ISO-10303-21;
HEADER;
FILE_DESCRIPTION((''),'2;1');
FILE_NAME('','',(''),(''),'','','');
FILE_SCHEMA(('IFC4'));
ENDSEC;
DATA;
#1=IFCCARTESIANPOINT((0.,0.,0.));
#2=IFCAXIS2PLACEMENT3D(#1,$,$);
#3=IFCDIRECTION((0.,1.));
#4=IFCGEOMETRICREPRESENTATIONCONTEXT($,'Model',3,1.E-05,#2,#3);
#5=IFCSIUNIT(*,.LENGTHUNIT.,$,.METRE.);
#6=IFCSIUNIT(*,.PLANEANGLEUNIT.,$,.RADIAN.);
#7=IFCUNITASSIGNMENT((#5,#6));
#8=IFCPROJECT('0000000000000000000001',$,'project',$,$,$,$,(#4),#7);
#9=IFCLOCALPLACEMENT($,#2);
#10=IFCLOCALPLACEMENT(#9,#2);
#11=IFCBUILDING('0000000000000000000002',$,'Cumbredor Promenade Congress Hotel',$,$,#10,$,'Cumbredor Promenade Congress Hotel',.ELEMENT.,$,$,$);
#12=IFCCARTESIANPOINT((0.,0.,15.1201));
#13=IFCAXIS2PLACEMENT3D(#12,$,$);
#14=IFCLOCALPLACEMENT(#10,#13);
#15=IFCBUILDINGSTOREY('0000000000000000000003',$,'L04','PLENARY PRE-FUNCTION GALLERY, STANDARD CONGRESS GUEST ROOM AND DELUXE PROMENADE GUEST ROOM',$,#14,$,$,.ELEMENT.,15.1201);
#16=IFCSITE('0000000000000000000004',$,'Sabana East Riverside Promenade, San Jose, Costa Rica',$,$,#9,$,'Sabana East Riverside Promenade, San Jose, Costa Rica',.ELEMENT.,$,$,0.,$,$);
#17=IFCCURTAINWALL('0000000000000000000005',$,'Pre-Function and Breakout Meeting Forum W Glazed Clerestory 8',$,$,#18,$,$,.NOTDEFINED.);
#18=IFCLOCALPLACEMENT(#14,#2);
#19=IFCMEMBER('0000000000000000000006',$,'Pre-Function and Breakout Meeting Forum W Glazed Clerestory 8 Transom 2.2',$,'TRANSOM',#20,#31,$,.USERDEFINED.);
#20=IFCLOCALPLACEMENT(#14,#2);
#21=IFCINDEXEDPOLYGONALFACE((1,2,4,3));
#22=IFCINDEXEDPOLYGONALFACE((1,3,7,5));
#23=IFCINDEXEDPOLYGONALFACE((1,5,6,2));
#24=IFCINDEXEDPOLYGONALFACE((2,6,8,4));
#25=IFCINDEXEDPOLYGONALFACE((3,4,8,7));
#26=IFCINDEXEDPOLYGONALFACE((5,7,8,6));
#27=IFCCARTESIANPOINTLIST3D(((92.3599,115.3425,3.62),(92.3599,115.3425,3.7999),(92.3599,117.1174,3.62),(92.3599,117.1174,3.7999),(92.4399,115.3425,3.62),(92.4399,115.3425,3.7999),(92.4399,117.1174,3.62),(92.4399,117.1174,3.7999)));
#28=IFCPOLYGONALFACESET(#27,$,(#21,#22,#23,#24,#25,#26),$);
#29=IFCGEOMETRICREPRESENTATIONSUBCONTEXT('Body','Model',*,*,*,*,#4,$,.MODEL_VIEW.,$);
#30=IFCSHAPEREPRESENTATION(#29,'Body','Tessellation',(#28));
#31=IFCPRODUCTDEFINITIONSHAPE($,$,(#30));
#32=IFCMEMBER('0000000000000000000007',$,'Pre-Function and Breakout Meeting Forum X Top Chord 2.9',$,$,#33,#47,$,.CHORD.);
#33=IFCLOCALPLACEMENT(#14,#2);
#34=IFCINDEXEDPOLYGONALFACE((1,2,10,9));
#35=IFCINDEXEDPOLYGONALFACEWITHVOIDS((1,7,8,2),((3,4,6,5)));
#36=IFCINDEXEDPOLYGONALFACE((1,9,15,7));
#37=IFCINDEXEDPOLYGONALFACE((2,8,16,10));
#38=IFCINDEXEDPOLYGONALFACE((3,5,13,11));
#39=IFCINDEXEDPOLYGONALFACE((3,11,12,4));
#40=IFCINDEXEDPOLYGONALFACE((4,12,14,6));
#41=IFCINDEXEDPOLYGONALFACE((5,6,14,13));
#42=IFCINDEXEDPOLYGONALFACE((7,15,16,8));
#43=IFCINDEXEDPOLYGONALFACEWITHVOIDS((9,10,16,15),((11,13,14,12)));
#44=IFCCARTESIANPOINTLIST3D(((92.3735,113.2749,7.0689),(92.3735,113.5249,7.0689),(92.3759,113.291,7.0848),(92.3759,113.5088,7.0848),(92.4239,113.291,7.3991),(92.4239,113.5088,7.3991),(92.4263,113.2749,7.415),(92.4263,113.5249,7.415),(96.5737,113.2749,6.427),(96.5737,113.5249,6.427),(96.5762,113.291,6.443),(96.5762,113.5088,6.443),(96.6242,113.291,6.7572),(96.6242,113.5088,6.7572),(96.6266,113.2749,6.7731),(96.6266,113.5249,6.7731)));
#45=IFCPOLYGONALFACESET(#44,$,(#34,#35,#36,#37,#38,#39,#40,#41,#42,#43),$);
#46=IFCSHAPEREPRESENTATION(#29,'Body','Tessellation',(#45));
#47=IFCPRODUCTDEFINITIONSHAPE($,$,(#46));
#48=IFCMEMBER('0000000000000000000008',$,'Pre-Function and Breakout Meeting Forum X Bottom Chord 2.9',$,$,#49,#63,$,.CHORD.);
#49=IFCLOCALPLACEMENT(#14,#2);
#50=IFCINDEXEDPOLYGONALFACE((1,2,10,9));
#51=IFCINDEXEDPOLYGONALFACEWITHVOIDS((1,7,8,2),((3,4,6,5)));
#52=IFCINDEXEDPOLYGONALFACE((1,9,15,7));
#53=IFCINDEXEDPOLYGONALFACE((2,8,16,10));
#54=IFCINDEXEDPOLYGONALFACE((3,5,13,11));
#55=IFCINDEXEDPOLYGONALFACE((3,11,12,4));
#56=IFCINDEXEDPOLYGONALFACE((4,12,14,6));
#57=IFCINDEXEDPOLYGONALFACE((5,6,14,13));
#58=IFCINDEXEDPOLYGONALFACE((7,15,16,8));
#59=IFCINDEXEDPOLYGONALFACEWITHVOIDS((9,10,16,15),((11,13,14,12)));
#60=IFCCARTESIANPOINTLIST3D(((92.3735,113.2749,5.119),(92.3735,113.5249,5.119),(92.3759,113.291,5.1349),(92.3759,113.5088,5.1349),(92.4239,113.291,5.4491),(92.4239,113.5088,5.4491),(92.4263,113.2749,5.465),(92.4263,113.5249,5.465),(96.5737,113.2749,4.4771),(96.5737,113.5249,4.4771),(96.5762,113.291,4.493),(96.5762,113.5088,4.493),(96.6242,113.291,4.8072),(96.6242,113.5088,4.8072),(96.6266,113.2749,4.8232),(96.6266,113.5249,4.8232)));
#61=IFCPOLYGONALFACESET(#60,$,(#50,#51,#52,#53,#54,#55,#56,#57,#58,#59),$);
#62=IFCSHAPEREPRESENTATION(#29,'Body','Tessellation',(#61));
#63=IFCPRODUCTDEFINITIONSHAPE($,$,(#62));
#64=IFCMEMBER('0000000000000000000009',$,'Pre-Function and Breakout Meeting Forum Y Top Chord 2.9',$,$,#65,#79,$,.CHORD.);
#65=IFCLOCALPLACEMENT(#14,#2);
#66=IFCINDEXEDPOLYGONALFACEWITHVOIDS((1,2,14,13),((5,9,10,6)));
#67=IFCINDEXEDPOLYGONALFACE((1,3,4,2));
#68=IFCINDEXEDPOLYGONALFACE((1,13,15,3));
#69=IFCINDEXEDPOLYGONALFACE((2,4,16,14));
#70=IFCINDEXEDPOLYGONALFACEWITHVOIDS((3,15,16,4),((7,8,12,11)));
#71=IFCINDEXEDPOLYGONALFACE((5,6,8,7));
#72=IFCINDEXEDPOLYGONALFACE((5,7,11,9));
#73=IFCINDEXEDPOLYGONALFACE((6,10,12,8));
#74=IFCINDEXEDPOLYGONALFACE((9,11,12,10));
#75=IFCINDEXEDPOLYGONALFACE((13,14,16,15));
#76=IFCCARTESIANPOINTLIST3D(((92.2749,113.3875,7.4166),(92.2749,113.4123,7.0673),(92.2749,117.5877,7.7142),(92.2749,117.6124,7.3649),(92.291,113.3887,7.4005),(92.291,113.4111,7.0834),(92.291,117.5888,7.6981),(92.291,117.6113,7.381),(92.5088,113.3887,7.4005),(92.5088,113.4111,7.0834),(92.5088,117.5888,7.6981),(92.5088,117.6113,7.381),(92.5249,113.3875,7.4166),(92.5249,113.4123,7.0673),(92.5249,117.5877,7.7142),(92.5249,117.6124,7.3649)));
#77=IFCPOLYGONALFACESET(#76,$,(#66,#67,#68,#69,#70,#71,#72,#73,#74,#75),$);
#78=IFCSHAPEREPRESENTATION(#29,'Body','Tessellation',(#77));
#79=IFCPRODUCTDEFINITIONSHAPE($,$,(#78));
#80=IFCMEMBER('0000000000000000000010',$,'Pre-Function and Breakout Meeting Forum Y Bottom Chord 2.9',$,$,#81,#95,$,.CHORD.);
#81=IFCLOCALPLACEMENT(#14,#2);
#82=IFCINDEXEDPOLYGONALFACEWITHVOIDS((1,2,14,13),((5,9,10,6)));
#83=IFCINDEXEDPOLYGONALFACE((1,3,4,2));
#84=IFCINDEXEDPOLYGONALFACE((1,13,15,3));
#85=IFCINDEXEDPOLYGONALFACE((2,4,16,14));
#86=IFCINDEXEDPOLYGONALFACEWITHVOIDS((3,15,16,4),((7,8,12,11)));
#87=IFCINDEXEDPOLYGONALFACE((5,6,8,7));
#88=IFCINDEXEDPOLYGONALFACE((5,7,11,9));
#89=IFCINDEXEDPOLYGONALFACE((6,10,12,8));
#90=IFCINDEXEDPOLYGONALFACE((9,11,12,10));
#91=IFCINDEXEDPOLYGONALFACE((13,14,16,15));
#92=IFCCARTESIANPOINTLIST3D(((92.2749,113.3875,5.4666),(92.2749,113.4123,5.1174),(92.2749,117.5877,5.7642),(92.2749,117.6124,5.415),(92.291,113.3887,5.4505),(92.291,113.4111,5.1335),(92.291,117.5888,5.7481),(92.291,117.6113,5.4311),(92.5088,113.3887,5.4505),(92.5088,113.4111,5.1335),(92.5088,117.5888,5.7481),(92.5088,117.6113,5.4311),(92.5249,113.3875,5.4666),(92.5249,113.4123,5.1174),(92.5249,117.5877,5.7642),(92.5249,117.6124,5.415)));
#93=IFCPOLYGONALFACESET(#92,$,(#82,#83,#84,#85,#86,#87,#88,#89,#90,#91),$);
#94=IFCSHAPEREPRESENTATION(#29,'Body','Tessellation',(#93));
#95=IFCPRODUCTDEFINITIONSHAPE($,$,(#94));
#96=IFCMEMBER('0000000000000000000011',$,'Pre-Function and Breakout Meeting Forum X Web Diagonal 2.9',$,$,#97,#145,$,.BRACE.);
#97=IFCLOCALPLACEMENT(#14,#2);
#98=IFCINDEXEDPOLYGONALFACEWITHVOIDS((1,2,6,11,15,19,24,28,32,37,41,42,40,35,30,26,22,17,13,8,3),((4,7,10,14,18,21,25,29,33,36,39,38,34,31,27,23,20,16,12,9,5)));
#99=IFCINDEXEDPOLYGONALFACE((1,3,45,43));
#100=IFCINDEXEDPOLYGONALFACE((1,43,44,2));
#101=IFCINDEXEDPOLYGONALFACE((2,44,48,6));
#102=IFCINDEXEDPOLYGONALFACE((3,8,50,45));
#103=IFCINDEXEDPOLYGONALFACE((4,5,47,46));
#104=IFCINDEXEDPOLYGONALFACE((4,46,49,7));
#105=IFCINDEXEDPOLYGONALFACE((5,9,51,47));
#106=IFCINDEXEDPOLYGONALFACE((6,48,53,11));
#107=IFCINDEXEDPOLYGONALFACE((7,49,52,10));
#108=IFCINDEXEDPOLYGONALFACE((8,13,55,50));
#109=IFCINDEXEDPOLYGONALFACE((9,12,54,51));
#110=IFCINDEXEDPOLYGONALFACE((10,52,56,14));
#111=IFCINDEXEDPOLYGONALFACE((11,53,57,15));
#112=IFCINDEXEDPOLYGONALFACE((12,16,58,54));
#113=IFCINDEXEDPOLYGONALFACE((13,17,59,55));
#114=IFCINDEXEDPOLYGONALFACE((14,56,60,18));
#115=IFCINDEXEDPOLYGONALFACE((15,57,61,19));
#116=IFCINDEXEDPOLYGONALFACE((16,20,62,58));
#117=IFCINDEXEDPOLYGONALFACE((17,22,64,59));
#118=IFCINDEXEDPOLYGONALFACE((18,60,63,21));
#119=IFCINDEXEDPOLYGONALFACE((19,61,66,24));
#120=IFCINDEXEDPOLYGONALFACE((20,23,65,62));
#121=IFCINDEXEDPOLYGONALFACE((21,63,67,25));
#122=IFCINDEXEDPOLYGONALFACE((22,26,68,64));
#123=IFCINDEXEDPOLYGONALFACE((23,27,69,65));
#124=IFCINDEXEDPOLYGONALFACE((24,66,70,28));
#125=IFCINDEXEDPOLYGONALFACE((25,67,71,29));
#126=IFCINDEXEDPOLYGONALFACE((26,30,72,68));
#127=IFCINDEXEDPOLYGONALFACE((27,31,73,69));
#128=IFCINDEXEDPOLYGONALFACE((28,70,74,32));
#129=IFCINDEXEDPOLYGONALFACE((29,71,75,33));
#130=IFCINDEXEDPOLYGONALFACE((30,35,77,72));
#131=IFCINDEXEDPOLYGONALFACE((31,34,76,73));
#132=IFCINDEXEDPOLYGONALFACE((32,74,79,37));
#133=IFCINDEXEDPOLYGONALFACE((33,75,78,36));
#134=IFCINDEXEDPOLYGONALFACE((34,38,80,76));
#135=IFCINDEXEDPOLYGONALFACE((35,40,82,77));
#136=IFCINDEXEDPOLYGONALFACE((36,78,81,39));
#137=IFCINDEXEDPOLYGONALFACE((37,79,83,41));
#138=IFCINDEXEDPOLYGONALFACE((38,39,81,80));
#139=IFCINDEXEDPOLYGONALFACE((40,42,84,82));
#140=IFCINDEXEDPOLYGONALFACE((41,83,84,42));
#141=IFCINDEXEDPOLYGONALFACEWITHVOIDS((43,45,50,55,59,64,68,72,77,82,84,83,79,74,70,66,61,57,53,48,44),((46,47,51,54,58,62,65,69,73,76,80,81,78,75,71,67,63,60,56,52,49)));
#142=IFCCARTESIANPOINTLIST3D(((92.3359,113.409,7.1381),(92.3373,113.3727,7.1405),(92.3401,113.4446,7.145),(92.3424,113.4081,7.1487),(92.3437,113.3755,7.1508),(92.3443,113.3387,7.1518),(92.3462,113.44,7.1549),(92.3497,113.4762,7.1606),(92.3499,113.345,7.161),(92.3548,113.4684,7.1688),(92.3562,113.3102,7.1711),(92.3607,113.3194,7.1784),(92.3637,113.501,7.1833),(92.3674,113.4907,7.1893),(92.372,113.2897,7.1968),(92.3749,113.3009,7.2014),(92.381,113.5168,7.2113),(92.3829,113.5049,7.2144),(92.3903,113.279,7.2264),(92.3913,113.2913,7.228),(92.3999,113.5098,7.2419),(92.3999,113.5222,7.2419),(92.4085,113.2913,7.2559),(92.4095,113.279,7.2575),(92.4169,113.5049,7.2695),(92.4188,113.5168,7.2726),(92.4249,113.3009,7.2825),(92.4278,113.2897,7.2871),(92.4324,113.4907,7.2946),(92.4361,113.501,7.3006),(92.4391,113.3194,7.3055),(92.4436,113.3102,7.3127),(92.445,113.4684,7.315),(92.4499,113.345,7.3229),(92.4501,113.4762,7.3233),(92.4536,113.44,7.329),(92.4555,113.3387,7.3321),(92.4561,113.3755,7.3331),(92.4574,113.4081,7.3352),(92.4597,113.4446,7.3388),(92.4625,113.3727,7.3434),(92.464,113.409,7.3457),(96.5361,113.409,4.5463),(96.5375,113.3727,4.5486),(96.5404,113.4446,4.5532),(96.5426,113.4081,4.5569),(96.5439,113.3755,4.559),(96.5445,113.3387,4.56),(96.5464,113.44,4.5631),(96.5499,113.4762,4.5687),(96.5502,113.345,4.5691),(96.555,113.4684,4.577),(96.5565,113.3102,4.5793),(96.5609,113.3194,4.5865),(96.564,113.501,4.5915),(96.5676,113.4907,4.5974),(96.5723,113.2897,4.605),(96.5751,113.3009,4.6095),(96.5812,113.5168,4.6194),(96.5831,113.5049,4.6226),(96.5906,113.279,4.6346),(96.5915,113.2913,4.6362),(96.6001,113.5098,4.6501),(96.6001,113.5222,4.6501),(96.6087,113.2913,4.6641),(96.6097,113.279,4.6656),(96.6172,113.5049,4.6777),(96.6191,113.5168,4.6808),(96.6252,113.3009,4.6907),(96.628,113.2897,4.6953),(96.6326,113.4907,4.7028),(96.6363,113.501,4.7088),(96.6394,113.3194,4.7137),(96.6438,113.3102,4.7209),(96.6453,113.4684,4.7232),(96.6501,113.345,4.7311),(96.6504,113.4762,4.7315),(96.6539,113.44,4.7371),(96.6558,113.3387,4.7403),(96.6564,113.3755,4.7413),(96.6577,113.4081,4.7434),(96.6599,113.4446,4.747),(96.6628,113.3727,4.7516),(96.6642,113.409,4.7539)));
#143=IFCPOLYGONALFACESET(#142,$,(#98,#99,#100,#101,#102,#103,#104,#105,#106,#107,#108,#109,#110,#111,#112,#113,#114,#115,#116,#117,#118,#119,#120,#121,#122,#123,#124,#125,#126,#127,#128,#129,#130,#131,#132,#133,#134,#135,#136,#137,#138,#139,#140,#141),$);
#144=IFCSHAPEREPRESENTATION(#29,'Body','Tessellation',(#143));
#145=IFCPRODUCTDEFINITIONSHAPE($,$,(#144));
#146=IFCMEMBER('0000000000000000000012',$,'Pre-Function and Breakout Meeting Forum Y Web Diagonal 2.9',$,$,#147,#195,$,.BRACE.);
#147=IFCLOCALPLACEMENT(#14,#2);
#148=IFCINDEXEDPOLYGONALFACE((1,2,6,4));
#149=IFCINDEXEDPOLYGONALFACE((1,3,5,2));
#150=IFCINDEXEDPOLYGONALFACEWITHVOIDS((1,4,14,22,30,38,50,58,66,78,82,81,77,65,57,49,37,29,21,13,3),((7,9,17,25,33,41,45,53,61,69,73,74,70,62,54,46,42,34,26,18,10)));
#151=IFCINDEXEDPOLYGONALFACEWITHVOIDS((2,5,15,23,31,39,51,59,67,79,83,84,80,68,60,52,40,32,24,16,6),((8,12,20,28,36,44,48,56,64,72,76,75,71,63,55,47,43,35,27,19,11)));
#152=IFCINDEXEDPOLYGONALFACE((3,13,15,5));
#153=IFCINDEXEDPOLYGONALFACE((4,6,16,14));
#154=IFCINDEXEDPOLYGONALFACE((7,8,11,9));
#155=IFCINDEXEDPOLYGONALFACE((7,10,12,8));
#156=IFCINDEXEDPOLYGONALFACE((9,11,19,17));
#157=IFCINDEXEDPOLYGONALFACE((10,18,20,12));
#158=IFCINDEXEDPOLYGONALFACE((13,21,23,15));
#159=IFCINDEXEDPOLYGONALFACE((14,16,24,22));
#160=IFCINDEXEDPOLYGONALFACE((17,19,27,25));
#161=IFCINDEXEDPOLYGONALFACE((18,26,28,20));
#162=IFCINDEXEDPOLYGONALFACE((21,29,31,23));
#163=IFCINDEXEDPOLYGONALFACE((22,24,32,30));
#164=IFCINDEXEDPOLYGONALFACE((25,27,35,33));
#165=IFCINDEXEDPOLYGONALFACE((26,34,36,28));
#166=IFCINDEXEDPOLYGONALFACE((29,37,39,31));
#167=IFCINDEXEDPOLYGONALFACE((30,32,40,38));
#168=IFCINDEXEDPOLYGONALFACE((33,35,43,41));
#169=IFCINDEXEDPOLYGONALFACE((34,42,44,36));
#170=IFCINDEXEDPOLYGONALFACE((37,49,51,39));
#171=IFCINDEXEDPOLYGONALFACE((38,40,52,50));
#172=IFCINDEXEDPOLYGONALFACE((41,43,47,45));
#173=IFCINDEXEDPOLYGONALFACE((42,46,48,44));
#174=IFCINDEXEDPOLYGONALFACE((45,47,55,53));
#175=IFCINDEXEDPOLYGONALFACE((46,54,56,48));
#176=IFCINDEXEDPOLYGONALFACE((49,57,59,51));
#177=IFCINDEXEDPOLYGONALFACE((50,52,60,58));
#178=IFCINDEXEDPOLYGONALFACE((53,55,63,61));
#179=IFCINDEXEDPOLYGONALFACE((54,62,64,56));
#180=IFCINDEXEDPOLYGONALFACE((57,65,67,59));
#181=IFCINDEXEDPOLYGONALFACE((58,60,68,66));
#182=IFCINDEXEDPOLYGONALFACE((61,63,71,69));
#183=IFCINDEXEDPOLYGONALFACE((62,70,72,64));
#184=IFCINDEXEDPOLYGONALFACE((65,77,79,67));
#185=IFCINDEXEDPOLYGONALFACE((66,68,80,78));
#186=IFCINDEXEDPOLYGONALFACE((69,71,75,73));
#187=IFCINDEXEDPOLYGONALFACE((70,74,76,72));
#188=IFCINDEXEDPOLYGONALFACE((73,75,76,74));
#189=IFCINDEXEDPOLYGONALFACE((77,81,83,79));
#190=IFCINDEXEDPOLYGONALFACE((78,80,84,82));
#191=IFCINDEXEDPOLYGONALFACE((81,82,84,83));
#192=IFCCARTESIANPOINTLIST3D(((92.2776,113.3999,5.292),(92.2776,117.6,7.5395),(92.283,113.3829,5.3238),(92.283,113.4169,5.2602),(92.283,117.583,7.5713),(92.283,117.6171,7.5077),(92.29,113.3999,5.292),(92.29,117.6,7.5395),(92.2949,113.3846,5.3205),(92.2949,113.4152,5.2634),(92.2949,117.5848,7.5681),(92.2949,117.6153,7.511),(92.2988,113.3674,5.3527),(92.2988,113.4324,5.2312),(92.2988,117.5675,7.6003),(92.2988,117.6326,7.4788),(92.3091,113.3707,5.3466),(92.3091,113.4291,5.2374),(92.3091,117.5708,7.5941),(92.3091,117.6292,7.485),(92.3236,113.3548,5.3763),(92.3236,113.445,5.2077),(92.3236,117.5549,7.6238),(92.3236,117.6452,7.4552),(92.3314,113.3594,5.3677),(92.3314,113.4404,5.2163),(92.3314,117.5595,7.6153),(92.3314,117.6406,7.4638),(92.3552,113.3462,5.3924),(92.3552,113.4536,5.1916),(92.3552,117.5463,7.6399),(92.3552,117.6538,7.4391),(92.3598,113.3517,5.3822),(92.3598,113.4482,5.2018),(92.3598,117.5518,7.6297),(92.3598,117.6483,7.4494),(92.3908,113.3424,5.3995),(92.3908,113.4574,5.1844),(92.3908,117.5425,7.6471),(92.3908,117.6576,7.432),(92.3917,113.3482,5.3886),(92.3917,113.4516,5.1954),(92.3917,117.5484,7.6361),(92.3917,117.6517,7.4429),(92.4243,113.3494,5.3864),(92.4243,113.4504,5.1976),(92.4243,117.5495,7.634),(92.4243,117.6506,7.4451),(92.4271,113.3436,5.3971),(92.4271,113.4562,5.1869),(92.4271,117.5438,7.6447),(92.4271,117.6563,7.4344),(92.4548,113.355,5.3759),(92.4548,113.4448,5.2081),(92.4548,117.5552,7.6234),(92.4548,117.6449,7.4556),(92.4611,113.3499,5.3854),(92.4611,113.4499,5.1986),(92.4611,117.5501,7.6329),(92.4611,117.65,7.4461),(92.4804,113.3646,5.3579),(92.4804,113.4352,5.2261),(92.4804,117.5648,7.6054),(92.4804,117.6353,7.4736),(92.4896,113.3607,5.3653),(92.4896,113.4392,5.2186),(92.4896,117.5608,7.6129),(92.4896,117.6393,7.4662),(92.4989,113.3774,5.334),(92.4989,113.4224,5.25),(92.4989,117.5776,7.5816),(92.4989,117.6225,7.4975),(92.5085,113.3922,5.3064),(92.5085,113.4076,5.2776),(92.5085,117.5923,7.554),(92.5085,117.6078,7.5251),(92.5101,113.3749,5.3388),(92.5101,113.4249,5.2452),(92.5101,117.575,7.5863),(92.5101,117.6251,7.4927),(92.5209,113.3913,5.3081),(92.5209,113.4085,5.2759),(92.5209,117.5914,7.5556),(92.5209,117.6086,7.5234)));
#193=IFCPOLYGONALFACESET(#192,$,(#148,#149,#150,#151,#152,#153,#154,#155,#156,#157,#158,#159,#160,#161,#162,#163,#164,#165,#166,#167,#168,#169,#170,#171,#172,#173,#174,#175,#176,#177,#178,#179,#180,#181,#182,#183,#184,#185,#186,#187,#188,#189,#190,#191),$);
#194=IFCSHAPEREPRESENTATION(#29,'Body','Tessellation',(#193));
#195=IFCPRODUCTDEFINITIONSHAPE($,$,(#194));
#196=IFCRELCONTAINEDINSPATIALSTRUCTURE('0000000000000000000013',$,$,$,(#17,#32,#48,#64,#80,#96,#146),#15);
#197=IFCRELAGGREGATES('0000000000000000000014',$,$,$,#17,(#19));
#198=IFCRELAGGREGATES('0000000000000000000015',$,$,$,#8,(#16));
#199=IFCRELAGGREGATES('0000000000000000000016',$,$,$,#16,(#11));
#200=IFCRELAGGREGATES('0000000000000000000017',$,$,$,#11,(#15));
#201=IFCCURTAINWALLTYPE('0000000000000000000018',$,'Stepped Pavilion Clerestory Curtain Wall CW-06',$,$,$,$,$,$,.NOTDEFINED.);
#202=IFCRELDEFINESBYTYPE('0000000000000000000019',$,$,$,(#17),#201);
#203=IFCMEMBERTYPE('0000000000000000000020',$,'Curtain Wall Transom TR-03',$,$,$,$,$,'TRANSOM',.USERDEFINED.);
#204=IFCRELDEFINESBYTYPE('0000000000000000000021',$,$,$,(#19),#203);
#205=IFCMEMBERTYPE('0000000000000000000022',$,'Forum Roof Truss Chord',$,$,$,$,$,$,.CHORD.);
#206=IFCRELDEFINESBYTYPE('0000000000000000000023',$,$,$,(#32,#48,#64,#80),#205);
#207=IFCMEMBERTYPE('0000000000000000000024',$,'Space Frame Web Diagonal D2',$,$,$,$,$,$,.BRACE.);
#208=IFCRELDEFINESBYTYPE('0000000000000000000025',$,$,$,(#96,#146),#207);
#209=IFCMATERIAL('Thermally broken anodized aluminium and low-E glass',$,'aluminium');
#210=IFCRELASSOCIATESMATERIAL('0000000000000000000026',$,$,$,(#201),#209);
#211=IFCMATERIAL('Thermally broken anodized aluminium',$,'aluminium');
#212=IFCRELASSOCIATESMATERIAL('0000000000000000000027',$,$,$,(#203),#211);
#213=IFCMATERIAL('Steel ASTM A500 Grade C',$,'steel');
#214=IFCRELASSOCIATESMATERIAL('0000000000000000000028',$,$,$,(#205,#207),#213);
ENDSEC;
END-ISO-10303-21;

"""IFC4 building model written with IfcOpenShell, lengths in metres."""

from ifc_helpers import new_model, si_unit, direction, frame, origin, origin_2d, place, context, subcontext, project, spatial, rectangle, hollow_rectangle, hollow_circle, extrude, material, material_profile, profile_set, type_object, element, aggregate, save


model = new_model("IFC4")

# Units and contexts
model_context = context("Model", 3, precision=1e-05, world=origin(), true_north=direction((0.0, 1.0)))
body_context = subcontext(model_context, "Body", "Model", "MODEL_VIEW")
ifc_project = project(units=[si_unit("LENGTHUNIT", "METRE"), si_unit("PLANEANGLEUNIT", "RADIAN")], contexts=[model_context])

# Site, building, storey
site_placement = place(None, origin())
site = spatial("IfcSite", under=ifc_project, at=site_placement, Name="Sabana East Riverside Promenade, San Jose, Costa Rica", LongName="Sabana East Riverside Promenade, San Jose, Costa Rica", CompositionType="ELEMENT", RefElevation=0.0)
building_placement = place(site_placement, origin())
building = spatial("IfcBuilding", under=site, at=building_placement, Name="Cumbredor Promenade Congress Hotel", LongName="Cumbredor Promenade Congress Hotel", CompositionType="ELEMENT")
storey_placement = place(building_placement, frame((0.0, 0.0, 15.1201)))
storey = spatial("IfcBuildingStorey", under=building, at=storey_placement, Name="L04", Description="PLENARY PRE-FUNCTION GALLERY, STANDARD CONGRESS GUEST ROOM AND DELUXE PROMENADE GUEST ROOM", CompositionType="ELEMENT", Elevation=15.1201)

# Curtain wall
ifc_material_1 = material(Name="Thermally broken anodized aluminium and low-E glass", Category="aluminium")
curtain_wall_type = type_object("IfcCurtainWallType", Name="Stepped Pavilion Clerestory Curtain Wall CW-06", PredefinedType="NOTDEFINED", material=ifc_material_1)
ifc_material_2 = material(Name="Thermally broken anodized aluminium", Category="aluminium")
curtain_wall_1_placement = place(storey_placement, origin())
curtain_wall_1 = element("IfcCurtainWall", 1, at=curtain_wall_1_placement, inside=storey, type_object=curtain_wall_type, Name="Pre-Function and Breakout Meeting Forum W Glazed Clerestory 8", PredefinedType="NOTDEFINED")

# Member
ifc_material_profile_1 = material_profile(ifc_material_2, rectangle(XDim=0.0801, YDim=0.1799, at=origin_2d()), Name="ALU TRANSOM 80x180")
ifc_profile_set_1 = profile_set([ifc_material_profile_1], Name="Thermally broken anodized aluminium")
member_type_1 = type_object("IfcMemberType", Name="Curtain Wall Transom TR-03", ElementType="TRANSOM", PredefinedType="USERDEFINED", material=ifc_profile_set_1)
member_1_placement = place(storey_placement, frame((92.3999, 115.3425, 3.71), z_axis=(0.0, 1.0, 0.0), x_axis=(-1.0, 0.0, 0.0)))
member_1 = element("IfcMember", 2, at=member_1_placement, type_object=member_type_1, Name="Pre-Function and Breakout Meeting Forum W Glazed Clerestory 8 Transom 2.2", ObjectType="TRANSOM", PredefinedType="USERDEFINED", context=body_context, shape_type="SweptSolid", body=[
    extrude(rectangle(XDim=0.0801, YDim=0.1799, at=origin_2d()), origin(), (0.0, 0.0, 1.0), 1.7749),
])

# Members
ifc_material_3 = material(Name="Steel ASTM A500 Grade C", Category="steel")
ifc_material_profile_2 = material_profile(ifc_material_3, hollow_rectangle(XDim=0.25, YDim=0.3501, WallThickness=0.0161, at=origin_2d()), Name="HSS 350x250x16")
ifc_profile_set_2 = profile_set([ifc_material_profile_2], Name="Steel ASTM A500 Grade C")
member_type_2 = type_object("IfcMemberType", Name="Forum Roof Truss Chord", PredefinedType="CHORD", material=ifc_profile_set_2)
for number, where, z_axis, x_axis, name in (
    (3, (92.3999, 113.3999, 7.2419), (0.988525, 0.0, -0.15106), (0.0, 1.0, 0.0), "Pre-Function and Breakout Meeting Forum X Top Chord 2.9"),
    (4, (92.3999, 113.3999, 5.292), (0.988525, 0.0, -0.15106), (0.0, 1.0, 0.0), "Pre-Function and Breakout Meeting Forum X Bottom Chord 2.9"),
):
    element("IfcMember", number, at=place(storey_placement, frame(where, z_axis=z_axis, x_axis=x_axis)), inside=storey, type_object=member_type_2, Name=name, PredefinedType="CHORD", context=body_context, shape_type="SweptSolid", body=[
        extrude(hollow_rectangle(XDim=0.25, YDim=0.3501, WallThickness=0.0161, at=origin_2d()), origin(), (0.0, 0.0, 1.0), 4.249),
    ])
for number, where, z_axis, x_axis, name in (
    (5, (92.3999, 113.3999, 7.2419), (0.0, 0.997499, 0.070678), (-1.0, 0.0, 0.0), "Pre-Function and Breakout Meeting Forum Y Top Chord 2.9"),
    (6, (92.3999, 113.3999, 5.292), (0.0, 0.997499, 0.070678), (-1.0, 0.0, 0.0), "Pre-Function and Breakout Meeting Forum Y Bottom Chord 2.9"),
):
    element("IfcMember", number, at=place(storey_placement, frame(where, z_axis=z_axis, x_axis=x_axis)), inside=storey, type_object=member_type_2, Name=name, PredefinedType="CHORD", context=body_context, shape_type="SweptSolid", body=[
        extrude(hollow_rectangle(XDim=0.25, YDim=0.3501, WallThickness=0.0161, at=origin_2d()), origin(), (0.0, 0.0, 1.0), 4.2107),
    ])
ifc_material_profile_3 = material_profile(ifc_material_3, hollow_circle(Radius=0.1223, WallThickness=0.0125, at=origin_2d()), Name="CHS 244.5x12.5")
ifc_profile_set_3 = profile_set([ifc_material_profile_3], Name="Steel ASTM A500 Grade C")
member_type_3 = type_object("IfcMemberType", Name="Space Frame Web Diagonal D2", PredefinedType="BRACE", material=ifc_profile_set_3)
member_2_placement = place(storey_placement, frame((92.3999, 113.3999, 7.2419), z_axis=(0.851019, 0.0, -0.525135), x_axis=(0.0, 1.0, 0.0)))
element("IfcMember", 7, at=member_2_placement, inside=storey, type_object=member_type_3, Name="Pre-Function and Breakout Meeting Forum X Web Diagonal 2.9", PredefinedType="BRACE", context=body_context, shape_type="SweptSolid", body=[
    extrude(hollow_circle(Radius=0.1223, WallThickness=0.0125, at=origin_2d()), origin(), (0.0, 0.0, 1.0), 4.9355),
])
member_3_placement = place(storey_placement, frame((92.3999, 113.3999, 5.292), z_axis=(0.0, 0.881702, 0.471806), x_axis=(-1.0, 0.0, 0.0)))
element("IfcMember", 8, at=member_3_placement, inside=storey, type_object=member_type_3, Name="Pre-Function and Breakout Meeting Forum Y Web Diagonal 2.9", PredefinedType="BRACE", context=body_context, shape_type="SweptSolid", body=[
    extrude(hollow_circle(Radius=0.1223, WallThickness=0.0125, at=origin_2d()), origin(), (0.0, 0.0, 1.0), 4.7637),
])

aggregate(curtain_wall_1, [member_1])

save(model, "model.ifc")
